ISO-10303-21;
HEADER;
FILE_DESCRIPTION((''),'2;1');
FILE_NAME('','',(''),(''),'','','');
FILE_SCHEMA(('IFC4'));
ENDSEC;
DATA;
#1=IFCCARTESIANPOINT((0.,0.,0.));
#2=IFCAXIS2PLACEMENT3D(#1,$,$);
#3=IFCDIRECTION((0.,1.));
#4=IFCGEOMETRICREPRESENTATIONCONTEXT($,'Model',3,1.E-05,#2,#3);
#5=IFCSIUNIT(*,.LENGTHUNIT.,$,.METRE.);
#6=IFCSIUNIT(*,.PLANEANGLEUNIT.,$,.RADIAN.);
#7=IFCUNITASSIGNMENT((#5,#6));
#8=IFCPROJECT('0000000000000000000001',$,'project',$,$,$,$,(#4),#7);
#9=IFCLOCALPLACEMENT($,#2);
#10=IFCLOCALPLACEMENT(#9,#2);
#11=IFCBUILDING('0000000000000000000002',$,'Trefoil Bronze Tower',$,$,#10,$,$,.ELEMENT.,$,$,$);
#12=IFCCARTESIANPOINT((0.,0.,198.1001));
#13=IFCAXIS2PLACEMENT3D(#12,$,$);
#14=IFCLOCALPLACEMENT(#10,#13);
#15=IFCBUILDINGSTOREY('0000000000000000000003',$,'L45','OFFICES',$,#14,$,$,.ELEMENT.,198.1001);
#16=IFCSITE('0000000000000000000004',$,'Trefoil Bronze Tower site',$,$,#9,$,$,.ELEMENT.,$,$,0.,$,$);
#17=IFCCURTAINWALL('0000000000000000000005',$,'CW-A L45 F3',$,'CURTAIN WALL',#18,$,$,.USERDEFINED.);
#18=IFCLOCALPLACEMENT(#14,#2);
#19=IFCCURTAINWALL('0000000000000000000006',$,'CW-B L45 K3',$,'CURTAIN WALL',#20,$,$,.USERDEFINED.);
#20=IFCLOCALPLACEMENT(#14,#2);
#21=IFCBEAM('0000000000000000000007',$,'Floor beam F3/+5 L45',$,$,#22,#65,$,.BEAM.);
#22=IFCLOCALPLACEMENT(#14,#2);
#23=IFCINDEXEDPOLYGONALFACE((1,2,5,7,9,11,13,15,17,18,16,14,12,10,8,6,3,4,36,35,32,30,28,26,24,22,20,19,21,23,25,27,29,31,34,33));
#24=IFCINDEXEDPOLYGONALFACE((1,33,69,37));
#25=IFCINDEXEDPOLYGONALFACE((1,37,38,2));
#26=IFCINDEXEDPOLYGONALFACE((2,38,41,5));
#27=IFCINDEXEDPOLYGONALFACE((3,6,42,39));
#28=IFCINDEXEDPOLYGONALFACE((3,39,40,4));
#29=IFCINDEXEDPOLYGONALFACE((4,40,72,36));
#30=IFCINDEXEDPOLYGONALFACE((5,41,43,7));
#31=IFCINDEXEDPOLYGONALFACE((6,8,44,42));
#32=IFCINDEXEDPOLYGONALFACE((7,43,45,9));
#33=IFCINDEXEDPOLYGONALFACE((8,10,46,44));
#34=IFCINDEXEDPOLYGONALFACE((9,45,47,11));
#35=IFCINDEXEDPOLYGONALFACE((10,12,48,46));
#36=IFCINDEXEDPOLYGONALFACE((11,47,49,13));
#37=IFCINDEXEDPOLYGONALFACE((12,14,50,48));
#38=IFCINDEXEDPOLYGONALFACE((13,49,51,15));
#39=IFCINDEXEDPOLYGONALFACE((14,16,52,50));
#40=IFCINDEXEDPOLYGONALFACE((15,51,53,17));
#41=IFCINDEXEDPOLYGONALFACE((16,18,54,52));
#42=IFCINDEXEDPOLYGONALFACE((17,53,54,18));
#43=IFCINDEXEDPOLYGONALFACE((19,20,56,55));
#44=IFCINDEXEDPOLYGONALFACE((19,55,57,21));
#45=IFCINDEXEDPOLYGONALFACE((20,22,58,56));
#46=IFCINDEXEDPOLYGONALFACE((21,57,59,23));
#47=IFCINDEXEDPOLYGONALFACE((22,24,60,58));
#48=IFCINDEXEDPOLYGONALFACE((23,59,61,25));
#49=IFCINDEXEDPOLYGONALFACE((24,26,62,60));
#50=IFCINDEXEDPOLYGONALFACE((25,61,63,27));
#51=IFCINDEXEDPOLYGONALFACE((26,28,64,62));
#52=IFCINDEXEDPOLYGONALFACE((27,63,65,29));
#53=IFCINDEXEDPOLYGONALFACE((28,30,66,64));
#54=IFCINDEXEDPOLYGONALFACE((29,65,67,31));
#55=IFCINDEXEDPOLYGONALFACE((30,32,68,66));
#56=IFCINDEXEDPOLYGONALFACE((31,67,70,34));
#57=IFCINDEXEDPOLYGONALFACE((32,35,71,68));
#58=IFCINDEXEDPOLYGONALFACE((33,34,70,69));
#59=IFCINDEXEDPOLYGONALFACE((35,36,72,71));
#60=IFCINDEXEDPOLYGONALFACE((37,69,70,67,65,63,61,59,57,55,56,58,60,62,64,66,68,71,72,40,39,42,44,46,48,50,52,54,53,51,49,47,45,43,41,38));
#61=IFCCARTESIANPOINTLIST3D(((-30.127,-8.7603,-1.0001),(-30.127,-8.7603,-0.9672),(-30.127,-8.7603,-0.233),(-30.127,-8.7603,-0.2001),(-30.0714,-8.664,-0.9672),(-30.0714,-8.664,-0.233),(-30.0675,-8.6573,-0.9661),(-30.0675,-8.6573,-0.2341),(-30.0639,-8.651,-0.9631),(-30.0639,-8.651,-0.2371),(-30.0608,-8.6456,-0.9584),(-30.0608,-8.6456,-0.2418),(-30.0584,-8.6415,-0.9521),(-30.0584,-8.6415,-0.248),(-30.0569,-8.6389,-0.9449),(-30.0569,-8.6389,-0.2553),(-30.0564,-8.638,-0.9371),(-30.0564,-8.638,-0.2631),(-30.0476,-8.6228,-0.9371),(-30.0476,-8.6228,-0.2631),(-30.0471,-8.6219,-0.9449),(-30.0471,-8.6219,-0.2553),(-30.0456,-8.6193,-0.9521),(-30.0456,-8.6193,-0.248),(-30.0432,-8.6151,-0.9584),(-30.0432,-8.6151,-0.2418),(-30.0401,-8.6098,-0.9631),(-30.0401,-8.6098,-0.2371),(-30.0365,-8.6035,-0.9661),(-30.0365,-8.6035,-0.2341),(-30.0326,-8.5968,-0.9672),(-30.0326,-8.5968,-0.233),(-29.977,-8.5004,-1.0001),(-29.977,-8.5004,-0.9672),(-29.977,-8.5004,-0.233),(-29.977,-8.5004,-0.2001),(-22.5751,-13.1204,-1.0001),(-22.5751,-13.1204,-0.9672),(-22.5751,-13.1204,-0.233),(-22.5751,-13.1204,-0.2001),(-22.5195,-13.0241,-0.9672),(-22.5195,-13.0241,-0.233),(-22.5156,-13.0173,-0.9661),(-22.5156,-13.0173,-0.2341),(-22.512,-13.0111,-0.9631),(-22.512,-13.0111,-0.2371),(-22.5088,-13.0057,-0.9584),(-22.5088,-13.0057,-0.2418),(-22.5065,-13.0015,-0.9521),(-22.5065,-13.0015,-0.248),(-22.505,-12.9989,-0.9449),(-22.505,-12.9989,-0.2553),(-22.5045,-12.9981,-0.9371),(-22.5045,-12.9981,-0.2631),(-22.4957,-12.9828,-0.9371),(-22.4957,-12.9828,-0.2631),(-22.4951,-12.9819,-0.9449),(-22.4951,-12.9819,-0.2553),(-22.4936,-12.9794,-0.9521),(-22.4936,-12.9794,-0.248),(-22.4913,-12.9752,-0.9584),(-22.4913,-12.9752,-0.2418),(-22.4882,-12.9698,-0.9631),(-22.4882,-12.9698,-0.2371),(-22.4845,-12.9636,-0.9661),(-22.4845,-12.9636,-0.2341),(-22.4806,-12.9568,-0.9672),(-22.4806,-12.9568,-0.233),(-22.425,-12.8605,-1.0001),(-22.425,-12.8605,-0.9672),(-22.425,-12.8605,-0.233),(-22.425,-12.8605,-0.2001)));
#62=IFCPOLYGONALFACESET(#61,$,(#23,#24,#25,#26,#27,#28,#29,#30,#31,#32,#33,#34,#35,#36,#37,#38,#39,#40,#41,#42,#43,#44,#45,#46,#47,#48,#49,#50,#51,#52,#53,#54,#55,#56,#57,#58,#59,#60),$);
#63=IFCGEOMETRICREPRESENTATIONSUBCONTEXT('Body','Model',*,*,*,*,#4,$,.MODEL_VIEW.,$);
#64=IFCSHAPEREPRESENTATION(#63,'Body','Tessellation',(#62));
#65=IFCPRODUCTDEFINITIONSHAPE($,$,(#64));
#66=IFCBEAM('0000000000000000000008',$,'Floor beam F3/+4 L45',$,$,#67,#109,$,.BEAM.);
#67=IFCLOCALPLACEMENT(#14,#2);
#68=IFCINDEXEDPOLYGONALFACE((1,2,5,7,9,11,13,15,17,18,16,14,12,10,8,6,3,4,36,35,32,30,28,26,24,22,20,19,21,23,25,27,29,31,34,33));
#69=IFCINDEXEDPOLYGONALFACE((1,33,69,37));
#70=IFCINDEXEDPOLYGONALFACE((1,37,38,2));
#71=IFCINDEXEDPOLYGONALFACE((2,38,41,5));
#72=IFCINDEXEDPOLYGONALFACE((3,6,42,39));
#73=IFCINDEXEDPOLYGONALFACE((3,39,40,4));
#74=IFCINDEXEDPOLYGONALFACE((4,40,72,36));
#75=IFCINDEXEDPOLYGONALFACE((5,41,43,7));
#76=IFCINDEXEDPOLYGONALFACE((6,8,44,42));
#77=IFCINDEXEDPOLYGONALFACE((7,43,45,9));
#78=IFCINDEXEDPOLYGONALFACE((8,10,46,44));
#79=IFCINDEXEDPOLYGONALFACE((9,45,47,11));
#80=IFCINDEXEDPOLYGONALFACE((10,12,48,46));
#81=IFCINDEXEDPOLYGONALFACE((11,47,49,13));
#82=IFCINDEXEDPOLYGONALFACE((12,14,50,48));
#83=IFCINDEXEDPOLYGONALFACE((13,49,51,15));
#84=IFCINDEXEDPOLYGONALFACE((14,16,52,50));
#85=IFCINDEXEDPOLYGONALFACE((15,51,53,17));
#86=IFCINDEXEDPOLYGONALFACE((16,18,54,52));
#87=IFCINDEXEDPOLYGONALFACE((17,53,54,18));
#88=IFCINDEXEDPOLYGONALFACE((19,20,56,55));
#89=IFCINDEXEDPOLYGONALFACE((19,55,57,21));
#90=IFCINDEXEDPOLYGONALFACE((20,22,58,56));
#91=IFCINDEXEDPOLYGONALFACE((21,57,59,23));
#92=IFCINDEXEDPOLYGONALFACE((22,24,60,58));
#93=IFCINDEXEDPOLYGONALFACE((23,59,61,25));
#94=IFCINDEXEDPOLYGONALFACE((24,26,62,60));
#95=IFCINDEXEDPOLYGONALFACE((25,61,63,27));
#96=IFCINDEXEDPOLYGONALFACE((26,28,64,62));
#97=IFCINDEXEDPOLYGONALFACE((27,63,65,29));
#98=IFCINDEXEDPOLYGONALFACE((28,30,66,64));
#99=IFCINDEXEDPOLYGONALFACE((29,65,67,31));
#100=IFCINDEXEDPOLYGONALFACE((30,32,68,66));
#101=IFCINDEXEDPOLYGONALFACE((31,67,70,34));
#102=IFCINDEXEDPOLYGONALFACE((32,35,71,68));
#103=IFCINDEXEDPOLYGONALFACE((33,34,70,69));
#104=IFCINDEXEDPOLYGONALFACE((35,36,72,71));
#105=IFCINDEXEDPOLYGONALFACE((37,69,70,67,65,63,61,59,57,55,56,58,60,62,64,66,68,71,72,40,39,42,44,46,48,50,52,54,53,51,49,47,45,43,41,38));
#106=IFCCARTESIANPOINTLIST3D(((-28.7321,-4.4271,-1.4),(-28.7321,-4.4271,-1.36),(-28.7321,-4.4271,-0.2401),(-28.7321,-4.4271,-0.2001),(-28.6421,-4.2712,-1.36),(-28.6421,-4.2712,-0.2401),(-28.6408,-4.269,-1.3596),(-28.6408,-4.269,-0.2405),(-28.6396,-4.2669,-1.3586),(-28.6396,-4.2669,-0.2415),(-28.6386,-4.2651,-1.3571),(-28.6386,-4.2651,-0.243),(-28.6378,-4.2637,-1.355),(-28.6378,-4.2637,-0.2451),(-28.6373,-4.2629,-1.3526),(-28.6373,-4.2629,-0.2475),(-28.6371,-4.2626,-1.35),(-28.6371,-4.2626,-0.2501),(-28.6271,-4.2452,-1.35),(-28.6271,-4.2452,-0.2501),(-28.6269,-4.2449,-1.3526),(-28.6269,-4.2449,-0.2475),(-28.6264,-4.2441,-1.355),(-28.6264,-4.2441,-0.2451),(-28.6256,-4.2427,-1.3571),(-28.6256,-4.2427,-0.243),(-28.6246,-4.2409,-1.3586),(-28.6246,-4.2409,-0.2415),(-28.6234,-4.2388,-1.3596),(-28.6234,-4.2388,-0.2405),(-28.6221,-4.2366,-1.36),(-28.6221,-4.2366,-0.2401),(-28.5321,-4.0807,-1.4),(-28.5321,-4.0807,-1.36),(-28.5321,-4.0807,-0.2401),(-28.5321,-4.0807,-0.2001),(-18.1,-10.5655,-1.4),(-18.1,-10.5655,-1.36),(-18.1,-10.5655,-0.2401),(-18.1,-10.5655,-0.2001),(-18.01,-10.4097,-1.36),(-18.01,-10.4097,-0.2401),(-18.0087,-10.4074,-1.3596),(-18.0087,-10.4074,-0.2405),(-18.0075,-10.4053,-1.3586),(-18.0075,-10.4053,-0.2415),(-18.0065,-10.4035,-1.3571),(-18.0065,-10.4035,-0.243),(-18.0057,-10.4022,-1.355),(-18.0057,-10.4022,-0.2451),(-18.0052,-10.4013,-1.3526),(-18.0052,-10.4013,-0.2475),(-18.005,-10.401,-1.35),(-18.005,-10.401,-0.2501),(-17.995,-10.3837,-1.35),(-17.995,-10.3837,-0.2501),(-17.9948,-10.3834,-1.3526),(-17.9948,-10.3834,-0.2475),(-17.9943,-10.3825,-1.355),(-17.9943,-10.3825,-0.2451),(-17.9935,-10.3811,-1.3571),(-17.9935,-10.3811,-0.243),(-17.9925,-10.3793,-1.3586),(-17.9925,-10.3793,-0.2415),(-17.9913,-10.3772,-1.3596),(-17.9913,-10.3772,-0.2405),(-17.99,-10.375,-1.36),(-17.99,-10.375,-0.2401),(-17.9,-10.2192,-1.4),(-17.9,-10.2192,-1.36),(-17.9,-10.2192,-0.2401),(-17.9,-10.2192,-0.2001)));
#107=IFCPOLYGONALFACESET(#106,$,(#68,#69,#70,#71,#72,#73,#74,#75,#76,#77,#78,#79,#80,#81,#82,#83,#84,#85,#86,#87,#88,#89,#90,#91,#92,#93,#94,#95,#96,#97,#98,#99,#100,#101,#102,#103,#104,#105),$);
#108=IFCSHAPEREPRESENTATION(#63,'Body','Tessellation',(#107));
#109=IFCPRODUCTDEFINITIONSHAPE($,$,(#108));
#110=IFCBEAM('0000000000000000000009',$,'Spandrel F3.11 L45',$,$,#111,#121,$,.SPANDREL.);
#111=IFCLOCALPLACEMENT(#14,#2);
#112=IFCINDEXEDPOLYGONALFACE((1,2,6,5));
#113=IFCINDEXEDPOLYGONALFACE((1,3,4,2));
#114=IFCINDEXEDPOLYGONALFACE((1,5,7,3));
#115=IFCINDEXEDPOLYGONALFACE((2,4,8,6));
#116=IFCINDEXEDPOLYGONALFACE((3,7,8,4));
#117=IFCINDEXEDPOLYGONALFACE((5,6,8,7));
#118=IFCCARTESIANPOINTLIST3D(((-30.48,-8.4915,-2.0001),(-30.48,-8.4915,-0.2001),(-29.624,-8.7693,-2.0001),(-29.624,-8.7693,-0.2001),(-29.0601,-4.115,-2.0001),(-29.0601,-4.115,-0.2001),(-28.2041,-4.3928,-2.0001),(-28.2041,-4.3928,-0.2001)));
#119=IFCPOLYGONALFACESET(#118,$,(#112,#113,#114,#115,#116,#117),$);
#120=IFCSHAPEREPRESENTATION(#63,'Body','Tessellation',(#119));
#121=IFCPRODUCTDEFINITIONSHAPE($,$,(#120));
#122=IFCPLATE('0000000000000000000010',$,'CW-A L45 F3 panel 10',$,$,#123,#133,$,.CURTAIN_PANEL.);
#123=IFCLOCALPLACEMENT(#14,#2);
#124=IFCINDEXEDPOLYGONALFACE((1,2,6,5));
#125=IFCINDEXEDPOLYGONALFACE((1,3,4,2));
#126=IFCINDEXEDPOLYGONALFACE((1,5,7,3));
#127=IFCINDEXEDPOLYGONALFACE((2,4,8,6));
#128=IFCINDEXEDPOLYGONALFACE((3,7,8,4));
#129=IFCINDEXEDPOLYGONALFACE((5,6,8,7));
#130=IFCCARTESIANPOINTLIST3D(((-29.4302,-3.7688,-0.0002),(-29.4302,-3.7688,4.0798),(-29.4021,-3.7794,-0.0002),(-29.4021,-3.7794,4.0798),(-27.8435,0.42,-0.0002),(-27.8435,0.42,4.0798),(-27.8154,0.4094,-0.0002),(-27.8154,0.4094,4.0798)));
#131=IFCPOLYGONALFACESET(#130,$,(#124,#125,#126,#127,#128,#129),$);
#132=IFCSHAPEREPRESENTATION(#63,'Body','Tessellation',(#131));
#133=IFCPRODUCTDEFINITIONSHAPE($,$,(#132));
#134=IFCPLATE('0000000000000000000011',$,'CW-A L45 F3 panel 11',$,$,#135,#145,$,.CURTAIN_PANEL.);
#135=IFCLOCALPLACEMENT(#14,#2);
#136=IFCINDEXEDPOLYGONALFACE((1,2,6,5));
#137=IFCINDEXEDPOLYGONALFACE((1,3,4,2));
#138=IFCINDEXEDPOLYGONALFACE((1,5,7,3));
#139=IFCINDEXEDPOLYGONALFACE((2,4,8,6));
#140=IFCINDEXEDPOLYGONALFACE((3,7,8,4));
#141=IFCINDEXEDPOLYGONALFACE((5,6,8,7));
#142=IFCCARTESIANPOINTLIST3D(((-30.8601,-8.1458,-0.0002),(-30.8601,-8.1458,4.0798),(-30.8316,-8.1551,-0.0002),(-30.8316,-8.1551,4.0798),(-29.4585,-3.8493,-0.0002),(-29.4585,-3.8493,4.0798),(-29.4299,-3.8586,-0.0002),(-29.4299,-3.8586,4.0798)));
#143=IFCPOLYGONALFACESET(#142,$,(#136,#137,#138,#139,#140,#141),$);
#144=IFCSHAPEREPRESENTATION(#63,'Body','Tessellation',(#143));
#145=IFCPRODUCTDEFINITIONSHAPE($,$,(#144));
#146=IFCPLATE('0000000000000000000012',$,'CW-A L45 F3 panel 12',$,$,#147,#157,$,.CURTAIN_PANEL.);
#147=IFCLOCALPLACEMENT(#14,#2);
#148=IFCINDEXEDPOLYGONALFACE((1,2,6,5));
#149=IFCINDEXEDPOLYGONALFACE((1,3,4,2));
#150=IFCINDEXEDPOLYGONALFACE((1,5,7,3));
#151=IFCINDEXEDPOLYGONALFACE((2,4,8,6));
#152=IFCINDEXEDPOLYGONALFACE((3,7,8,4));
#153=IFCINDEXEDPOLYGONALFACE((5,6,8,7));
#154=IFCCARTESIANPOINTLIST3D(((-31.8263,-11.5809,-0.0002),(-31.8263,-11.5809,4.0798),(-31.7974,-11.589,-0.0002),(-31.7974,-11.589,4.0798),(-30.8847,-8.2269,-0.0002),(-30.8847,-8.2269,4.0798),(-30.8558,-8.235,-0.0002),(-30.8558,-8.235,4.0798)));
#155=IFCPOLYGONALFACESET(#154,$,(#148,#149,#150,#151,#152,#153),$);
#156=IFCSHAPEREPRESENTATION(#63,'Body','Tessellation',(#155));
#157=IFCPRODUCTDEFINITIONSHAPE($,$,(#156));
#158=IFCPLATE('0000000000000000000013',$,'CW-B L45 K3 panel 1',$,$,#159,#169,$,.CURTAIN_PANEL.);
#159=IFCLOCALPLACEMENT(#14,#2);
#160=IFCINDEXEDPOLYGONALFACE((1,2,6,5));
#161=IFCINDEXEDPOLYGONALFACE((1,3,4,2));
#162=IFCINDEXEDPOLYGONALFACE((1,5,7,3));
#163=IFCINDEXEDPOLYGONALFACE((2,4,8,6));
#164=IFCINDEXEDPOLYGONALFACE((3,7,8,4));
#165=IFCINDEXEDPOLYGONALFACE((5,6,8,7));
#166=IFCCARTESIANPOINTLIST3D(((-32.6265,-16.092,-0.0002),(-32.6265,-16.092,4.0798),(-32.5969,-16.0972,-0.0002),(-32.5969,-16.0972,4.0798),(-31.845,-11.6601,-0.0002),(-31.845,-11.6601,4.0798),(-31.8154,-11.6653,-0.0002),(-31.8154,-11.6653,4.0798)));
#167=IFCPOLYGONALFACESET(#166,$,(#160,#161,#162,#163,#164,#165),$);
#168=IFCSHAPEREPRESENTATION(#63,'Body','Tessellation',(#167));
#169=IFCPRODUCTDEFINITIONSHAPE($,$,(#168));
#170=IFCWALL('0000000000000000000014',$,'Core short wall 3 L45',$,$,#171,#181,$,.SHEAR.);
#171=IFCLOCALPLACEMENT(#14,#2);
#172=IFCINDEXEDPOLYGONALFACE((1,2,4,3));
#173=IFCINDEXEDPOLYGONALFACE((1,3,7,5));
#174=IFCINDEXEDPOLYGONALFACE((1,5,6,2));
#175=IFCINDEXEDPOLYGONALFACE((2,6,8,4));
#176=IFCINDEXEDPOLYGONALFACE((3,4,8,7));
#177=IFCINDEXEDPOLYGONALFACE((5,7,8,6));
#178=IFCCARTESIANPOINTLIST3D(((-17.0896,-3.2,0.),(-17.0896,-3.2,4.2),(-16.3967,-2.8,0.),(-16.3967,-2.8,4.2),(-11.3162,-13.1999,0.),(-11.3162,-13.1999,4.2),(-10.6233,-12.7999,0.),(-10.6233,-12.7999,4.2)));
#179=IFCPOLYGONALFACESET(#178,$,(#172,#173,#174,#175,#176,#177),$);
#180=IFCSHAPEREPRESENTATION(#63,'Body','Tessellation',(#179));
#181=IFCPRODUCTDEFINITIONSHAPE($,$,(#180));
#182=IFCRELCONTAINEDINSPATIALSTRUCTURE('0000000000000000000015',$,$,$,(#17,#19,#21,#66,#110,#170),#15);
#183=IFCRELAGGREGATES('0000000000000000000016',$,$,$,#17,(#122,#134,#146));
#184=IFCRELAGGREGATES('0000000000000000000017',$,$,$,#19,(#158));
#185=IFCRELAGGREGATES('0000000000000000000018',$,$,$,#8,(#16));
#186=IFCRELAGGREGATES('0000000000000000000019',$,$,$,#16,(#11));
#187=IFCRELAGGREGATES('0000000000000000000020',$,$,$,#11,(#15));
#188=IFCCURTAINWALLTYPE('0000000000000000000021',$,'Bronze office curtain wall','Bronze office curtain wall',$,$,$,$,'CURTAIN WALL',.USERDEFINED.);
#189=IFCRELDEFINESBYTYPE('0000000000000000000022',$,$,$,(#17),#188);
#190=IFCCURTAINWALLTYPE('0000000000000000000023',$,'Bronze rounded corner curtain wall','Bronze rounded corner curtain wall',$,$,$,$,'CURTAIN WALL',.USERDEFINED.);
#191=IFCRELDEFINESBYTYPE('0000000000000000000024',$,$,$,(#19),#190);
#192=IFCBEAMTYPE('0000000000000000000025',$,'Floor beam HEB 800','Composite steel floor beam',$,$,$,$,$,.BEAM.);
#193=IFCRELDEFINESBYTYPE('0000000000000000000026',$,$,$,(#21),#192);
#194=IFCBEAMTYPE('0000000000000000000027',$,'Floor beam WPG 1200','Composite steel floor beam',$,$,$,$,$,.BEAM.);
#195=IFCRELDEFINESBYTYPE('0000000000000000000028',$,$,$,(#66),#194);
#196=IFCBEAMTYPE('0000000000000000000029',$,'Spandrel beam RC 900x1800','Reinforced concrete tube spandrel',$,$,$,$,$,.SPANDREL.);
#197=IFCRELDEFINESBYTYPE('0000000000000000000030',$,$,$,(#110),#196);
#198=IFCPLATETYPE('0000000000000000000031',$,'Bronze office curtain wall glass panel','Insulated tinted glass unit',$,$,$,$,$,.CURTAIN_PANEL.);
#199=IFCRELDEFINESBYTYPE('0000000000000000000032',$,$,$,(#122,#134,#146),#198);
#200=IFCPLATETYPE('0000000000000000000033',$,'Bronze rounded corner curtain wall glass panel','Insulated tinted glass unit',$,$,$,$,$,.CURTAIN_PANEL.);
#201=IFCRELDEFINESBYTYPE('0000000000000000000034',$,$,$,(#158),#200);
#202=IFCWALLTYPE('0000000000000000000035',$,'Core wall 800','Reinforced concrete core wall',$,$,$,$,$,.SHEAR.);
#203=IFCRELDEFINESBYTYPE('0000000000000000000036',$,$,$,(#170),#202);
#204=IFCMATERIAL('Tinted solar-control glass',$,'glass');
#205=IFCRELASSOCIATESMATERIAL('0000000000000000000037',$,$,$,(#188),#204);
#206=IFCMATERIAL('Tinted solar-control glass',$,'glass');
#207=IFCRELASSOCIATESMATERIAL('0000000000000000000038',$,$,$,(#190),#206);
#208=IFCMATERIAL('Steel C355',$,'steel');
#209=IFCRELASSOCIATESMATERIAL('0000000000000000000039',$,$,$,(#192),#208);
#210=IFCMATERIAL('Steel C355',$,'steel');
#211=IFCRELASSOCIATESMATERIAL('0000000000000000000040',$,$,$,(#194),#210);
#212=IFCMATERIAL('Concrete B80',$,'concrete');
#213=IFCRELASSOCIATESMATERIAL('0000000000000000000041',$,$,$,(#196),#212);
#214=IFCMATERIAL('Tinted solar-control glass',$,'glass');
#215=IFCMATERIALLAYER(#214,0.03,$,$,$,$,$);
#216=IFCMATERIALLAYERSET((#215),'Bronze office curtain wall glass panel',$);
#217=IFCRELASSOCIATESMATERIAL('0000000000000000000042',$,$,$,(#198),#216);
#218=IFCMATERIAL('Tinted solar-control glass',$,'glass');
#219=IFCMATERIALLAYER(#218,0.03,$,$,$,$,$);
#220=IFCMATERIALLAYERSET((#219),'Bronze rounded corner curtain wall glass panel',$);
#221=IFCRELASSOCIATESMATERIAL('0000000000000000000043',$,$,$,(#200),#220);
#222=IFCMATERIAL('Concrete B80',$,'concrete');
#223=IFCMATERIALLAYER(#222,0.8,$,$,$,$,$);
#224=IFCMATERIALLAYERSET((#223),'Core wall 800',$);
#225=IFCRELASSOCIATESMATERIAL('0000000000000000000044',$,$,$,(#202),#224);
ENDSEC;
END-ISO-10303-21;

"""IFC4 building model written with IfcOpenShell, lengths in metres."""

from ifc_helpers import new_model, si_unit, direction, frame, frame_2d, origin, origin_2d, place, context, subcontext, project, spatial, rectangle, i_section, extrude, material, layer, layer_set, material_profile, profile_set, type_object, element, aggregate, save


model = new_model("IFC4")

# Units and contexts
model_context = context("Model", 3, precision=1e-05, world=origin(), true_north=direction((0.0, 1.0)))
body_context = subcontext(model_context, "Body", "Model", "MODEL_VIEW")
ifc_project = project(units=[si_unit("LENGTHUNIT", "METRE"), si_unit("PLANEANGLEUNIT", "RADIAN")], contexts=[model_context])

# Site, building, storey
site_placement = place(None, origin())
site = spatial("IfcSite", under=ifc_project, at=site_placement, Name="Trefoil Bronze Tower site", CompositionType="ELEMENT", RefElevation=0.0)
building_placement = place(site_placement, origin())
building = spatial("IfcBuilding", under=site, at=building_placement, Name="Trefoil Bronze Tower", CompositionType="ELEMENT")
storey_placement = place(building_placement, frame((0.0, 0.0, 198.1001)))
storey = spatial("IfcBuildingStorey", under=building, at=storey_placement, Name="L45", Description="OFFICES", CompositionType="ELEMENT", Elevation=198.1001)

# Curtain walls
ifc_material_1 = material(Name="Tinted solar-control glass", Category="glass")
curtain_wall_type_1 = type_object("IfcCurtainWallType", Name="Bronze office curtain wall", Description="Bronze office curtain wall", ElementType="CURTAIN WALL", PredefinedType="USERDEFINED", material=ifc_material_1)
curtain_wall_1_placement = place(storey_placement, origin())
curtain_wall_1 = element("IfcCurtainWall", 1, at=curtain_wall_1_placement, inside=storey, type_object=curtain_wall_type_1, Name="CW-A L45 F3", ObjectType="CURTAIN WALL", PredefinedType="USERDEFINED")
ifc_material_2 = material(Name="Tinted solar-control glass", Category="glass")
curtain_wall_type_2 = type_object("IfcCurtainWallType", Name="Bronze rounded corner curtain wall", Description="Bronze rounded corner curtain wall", ElementType="CURTAIN WALL", PredefinedType="USERDEFINED", material=ifc_material_2)
curtain_wall_2_placement = place(storey_placement, origin())
curtain_wall_2 = element("IfcCurtainWall", 2, at=curtain_wall_2_placement, inside=storey, type_object=curtain_wall_type_2, Name="CW-B L45 K3", ObjectType="CURTAIN WALL", PredefinedType="USERDEFINED")

# Beams
ifc_material_3 = material(Name="Steel C355", Category="steel")
ifc_material_profile_1 = material_profile(ifc_material_3, i_section(OverallWidth=0.3, OverallDepth=0.8, WebThickness=0.0176, FlangeThickness=0.033, FilletRadius=0.03, at=origin_2d()), Name="HEB 800")
ifc_profile_set_1 = profile_set([ifc_material_profile_1], Name="Steel C355")
beam_type_1 = type_object("IfcBeamType", Name="Floor beam HEB 800", Description="Composite steel floor beam", PredefinedType="BEAM", material=ifc_profile_set_1)
beam_1_placement = place(storey_placement, frame((-30.052, -8.6304, -0.6001), z_axis=(0.866028, -0.499996, 0.0), x_axis=(0.499996, 0.866028, 0.0)))
element("IfcBeam", 3, at=beam_1_placement, inside=storey, type_object=beam_type_1, Name="Floor beam F3/+5 L45", PredefinedType="BEAM", context=body_context, shape_type="SweptSolid", body=[
    extrude(i_section(OverallWidth=0.3, OverallDepth=0.8, WebThickness=0.0176, FlangeThickness=0.033, FilletRadius=0.03, at=origin_2d()), origin(), (0.0, 0.0, 1.0), 8.7202),
])
ifc_material_4 = material(Name="Steel C355", Category="steel")
ifc_material_profile_2 = material_profile(ifc_material_4, i_section(OverallWidth=0.3999, OverallDepth=1.2, WebThickness=0.02, FlangeThickness=0.04, FilletRadius=0.01, at=origin_2d()), Name="WPG 1200")
ifc_profile_set_2 = profile_set([ifc_material_profile_2], Name="Steel C355")
beam_type_2 = type_object("IfcBeamType", Name="Floor beam WPG 1200", Description="Composite steel floor beam", PredefinedType="BEAM", material=ifc_profile_set_2)
beam_2_placement = place(storey_placement, frame((-28.6321, -4.2539, -0.8), z_axis=(0.866026, -0.5, 0.0), x_axis=(0.5, 0.866026, 0.0)))
element("IfcBeam", 4, at=beam_2_placement, inside=storey, type_object=beam_type_2, Name="Floor beam F3/+4 L45", PredefinedType="BEAM", context=body_context, shape_type="SweptSolid", body=[
    extrude(i_section(OverallWidth=0.3999, OverallDepth=1.2, WebThickness=0.02, FlangeThickness=0.04, FilletRadius=0.01, at=origin_2d()), origin(), (0.0, 0.0, 1.0), 12.2769),
])
ifc_material_5 = material(Name="Concrete B80", Category="concrete")
ifc_material_profile_3 = material_profile(ifc_material_5, rectangle(XDim=0.8999, YDim=1.8, at=origin_2d()), Name="RC 900x1800")
ifc_profile_set_3 = profile_set([ifc_material_profile_3], Name="Concrete B80")
beam_type_3 = type_object("IfcBeamType", Name="Spandrel beam RC 900x1800", Description="Reinforced concrete tube spandrel", PredefinedType="SPANDREL", material=ifc_profile_set_3)
beam_3_placement = place(storey_placement, frame((-28.6321, -4.2539, -1.1001), z_axis=(-0.308609, -0.951189, 0.0), x_axis=(0.951189, -0.308609, 0.0)))
element("IfcBeam", 5, at=beam_3_placement, inside=storey, type_object=beam_type_3, Name="Spandrel F3.11 L45", PredefinedType="SPANDREL", context=body_context, shape_type="SweptSolid", body=[
    extrude(rectangle(XDim=0.8999, YDim=1.8, at=origin_2d()), origin(), (0.0, 0.0, 1.0), 4.6011),
])

# Plates
ifc_material_6 = material(Name="Tinted solar-control glass", Category="glass")
ifc_layer_1 = layer(ifc_material_6, 0.03)
ifc_layer_set_1 = layer_set([ifc_layer_1], Name="Bronze office curtain wall glass panel")
plate_type_1 = type_object("IfcPlateType", Name="Bronze office curtain wall glass panel", Description="Insulated tinted glass unit", PredefinedType="CURTAIN_PANEL", material=ifc_layer_set_1)
plate_1_placement = place(storey_placement, frame((-28.6228, -1.6797, -0.0002), z_axis=(0.0, 0.0, 1.0), x_axis=(-0.354234, -0.935157, 0.0)))
plate_1 = element("IfcPlate", 6, at=plate_1_placement, type_object=plate_type_1, Name="CW-A L45 F3 panel 10", PredefinedType="CURTAIN_PANEL", context=body_context, shape_type="SweptSolid", body=[
    extrude(rectangle(XDim=4.4792, YDim=0.03, at=origin_2d()), origin(), (0.0, 0.0, 1.0), 4.0801),
])
plate_2_placement = place(storey_placement, frame((-30.145, -6.0022, -0.0002), z_axis=(0.0, 0.0, 1.0), x_axis=(-0.310149, -0.950688, 0.0)))
plate_2 = element("IfcPlate", 7, at=plate_2_placement, type_object=plate_type_1, Name="CW-A L45 F3 panel 11", PredefinedType="CURTAIN_PANEL", context=body_context, shape_type="SweptSolid", body=[
    extrude(rectangle(XDim=4.5193, YDim=0.03, at=origin_2d()), origin(), (0.0, 0.0, 1.0), 4.0801),
])
plate_3_placement = place(storey_placement, frame((-31.3411, -9.908, -0.0002), z_axis=(0.0, 0.0, 1.0), x_axis=(-0.270282, -0.962781, 0.0)))
plate_3 = element("IfcPlate", 8, at=plate_3_placement, type_object=plate_type_1, Name="CW-A L45 F3 panel 12", PredefinedType="CURTAIN_PANEL", context=body_context, shape_type="SweptSolid", body=[
    extrude(rectangle(XDim=3.4836, YDim=0.03, at=origin_2d()), origin(), (0.0, 0.0, 1.0), 4.0801),
])
aggregate(curtain_wall_1, [plate_1, plate_2, plate_3])
ifc_material_7 = material(Name="Tinted solar-control glass", Category="glass")
ifc_layer_2 = layer(ifc_material_7, 0.03)
ifc_layer_set_2 = layer_set([ifc_layer_2], Name="Bronze rounded corner curtain wall glass panel")
plate_type_2 = type_object("IfcPlateType", Name="Bronze rounded corner curtain wall glass panel", Description="Insulated tinted glass unit", PredefinedType="CURTAIN_PANEL", material=ifc_layer_set_2)
plate_4_placement = place(storey_placement, frame((-32.2209, -13.8787, -0.0002), z_axis=(0.0, 0.0, 1.0), x_axis=(-0.173648, -0.984808, 0.0)))
plate_4 = element("IfcPlate", 9, at=plate_4_placement, type_object=plate_type_2, Name="CW-B L45 K3 panel 1", PredefinedType="CURTAIN_PANEL", context=body_context, shape_type="SweptSolid", body=[
    extrude(rectangle(XDim=4.5002, YDim=0.03, at=origin_2d()), origin(), (0.0, 0.0, 1.0), 4.0801),
])
aggregate(curtain_wall_2, [plate_4])

# Wall
ifc_material_8 = material(Name="Concrete B80", Category="concrete")
ifc_layer_3 = layer(ifc_material_8, 0.8)
ifc_layer_set_3 = layer_set([ifc_layer_3], Name="Core wall 800")
wall_type_1 = type_object("IfcWallType", Name="Core wall 800", Description="Reinforced concrete core wall", PredefinedType="SHEAR", material=ifc_layer_set_3)
wall_1_placement = place(storey_placement, frame((-16.7432, -3.0, 0.0), z_axis=(0.0, 0.0, 1.0), x_axis=(0.499996, -0.866028, 0.0)))
element("IfcWall", 10, at=wall_1_placement, inside=storey, type_object=wall_type_1, Name="Core short wall 3 L45", PredefinedType="SHEAR", context=body_context, shape_type="SweptSolid", body=[
    extrude(rectangle(XDim=11.5469, YDim=0.8, at=frame_2d((5.7734, 0.0))), origin(), (0.0, 0.0, 1.0), 4.2),
])

save(model, "model.ifc")
